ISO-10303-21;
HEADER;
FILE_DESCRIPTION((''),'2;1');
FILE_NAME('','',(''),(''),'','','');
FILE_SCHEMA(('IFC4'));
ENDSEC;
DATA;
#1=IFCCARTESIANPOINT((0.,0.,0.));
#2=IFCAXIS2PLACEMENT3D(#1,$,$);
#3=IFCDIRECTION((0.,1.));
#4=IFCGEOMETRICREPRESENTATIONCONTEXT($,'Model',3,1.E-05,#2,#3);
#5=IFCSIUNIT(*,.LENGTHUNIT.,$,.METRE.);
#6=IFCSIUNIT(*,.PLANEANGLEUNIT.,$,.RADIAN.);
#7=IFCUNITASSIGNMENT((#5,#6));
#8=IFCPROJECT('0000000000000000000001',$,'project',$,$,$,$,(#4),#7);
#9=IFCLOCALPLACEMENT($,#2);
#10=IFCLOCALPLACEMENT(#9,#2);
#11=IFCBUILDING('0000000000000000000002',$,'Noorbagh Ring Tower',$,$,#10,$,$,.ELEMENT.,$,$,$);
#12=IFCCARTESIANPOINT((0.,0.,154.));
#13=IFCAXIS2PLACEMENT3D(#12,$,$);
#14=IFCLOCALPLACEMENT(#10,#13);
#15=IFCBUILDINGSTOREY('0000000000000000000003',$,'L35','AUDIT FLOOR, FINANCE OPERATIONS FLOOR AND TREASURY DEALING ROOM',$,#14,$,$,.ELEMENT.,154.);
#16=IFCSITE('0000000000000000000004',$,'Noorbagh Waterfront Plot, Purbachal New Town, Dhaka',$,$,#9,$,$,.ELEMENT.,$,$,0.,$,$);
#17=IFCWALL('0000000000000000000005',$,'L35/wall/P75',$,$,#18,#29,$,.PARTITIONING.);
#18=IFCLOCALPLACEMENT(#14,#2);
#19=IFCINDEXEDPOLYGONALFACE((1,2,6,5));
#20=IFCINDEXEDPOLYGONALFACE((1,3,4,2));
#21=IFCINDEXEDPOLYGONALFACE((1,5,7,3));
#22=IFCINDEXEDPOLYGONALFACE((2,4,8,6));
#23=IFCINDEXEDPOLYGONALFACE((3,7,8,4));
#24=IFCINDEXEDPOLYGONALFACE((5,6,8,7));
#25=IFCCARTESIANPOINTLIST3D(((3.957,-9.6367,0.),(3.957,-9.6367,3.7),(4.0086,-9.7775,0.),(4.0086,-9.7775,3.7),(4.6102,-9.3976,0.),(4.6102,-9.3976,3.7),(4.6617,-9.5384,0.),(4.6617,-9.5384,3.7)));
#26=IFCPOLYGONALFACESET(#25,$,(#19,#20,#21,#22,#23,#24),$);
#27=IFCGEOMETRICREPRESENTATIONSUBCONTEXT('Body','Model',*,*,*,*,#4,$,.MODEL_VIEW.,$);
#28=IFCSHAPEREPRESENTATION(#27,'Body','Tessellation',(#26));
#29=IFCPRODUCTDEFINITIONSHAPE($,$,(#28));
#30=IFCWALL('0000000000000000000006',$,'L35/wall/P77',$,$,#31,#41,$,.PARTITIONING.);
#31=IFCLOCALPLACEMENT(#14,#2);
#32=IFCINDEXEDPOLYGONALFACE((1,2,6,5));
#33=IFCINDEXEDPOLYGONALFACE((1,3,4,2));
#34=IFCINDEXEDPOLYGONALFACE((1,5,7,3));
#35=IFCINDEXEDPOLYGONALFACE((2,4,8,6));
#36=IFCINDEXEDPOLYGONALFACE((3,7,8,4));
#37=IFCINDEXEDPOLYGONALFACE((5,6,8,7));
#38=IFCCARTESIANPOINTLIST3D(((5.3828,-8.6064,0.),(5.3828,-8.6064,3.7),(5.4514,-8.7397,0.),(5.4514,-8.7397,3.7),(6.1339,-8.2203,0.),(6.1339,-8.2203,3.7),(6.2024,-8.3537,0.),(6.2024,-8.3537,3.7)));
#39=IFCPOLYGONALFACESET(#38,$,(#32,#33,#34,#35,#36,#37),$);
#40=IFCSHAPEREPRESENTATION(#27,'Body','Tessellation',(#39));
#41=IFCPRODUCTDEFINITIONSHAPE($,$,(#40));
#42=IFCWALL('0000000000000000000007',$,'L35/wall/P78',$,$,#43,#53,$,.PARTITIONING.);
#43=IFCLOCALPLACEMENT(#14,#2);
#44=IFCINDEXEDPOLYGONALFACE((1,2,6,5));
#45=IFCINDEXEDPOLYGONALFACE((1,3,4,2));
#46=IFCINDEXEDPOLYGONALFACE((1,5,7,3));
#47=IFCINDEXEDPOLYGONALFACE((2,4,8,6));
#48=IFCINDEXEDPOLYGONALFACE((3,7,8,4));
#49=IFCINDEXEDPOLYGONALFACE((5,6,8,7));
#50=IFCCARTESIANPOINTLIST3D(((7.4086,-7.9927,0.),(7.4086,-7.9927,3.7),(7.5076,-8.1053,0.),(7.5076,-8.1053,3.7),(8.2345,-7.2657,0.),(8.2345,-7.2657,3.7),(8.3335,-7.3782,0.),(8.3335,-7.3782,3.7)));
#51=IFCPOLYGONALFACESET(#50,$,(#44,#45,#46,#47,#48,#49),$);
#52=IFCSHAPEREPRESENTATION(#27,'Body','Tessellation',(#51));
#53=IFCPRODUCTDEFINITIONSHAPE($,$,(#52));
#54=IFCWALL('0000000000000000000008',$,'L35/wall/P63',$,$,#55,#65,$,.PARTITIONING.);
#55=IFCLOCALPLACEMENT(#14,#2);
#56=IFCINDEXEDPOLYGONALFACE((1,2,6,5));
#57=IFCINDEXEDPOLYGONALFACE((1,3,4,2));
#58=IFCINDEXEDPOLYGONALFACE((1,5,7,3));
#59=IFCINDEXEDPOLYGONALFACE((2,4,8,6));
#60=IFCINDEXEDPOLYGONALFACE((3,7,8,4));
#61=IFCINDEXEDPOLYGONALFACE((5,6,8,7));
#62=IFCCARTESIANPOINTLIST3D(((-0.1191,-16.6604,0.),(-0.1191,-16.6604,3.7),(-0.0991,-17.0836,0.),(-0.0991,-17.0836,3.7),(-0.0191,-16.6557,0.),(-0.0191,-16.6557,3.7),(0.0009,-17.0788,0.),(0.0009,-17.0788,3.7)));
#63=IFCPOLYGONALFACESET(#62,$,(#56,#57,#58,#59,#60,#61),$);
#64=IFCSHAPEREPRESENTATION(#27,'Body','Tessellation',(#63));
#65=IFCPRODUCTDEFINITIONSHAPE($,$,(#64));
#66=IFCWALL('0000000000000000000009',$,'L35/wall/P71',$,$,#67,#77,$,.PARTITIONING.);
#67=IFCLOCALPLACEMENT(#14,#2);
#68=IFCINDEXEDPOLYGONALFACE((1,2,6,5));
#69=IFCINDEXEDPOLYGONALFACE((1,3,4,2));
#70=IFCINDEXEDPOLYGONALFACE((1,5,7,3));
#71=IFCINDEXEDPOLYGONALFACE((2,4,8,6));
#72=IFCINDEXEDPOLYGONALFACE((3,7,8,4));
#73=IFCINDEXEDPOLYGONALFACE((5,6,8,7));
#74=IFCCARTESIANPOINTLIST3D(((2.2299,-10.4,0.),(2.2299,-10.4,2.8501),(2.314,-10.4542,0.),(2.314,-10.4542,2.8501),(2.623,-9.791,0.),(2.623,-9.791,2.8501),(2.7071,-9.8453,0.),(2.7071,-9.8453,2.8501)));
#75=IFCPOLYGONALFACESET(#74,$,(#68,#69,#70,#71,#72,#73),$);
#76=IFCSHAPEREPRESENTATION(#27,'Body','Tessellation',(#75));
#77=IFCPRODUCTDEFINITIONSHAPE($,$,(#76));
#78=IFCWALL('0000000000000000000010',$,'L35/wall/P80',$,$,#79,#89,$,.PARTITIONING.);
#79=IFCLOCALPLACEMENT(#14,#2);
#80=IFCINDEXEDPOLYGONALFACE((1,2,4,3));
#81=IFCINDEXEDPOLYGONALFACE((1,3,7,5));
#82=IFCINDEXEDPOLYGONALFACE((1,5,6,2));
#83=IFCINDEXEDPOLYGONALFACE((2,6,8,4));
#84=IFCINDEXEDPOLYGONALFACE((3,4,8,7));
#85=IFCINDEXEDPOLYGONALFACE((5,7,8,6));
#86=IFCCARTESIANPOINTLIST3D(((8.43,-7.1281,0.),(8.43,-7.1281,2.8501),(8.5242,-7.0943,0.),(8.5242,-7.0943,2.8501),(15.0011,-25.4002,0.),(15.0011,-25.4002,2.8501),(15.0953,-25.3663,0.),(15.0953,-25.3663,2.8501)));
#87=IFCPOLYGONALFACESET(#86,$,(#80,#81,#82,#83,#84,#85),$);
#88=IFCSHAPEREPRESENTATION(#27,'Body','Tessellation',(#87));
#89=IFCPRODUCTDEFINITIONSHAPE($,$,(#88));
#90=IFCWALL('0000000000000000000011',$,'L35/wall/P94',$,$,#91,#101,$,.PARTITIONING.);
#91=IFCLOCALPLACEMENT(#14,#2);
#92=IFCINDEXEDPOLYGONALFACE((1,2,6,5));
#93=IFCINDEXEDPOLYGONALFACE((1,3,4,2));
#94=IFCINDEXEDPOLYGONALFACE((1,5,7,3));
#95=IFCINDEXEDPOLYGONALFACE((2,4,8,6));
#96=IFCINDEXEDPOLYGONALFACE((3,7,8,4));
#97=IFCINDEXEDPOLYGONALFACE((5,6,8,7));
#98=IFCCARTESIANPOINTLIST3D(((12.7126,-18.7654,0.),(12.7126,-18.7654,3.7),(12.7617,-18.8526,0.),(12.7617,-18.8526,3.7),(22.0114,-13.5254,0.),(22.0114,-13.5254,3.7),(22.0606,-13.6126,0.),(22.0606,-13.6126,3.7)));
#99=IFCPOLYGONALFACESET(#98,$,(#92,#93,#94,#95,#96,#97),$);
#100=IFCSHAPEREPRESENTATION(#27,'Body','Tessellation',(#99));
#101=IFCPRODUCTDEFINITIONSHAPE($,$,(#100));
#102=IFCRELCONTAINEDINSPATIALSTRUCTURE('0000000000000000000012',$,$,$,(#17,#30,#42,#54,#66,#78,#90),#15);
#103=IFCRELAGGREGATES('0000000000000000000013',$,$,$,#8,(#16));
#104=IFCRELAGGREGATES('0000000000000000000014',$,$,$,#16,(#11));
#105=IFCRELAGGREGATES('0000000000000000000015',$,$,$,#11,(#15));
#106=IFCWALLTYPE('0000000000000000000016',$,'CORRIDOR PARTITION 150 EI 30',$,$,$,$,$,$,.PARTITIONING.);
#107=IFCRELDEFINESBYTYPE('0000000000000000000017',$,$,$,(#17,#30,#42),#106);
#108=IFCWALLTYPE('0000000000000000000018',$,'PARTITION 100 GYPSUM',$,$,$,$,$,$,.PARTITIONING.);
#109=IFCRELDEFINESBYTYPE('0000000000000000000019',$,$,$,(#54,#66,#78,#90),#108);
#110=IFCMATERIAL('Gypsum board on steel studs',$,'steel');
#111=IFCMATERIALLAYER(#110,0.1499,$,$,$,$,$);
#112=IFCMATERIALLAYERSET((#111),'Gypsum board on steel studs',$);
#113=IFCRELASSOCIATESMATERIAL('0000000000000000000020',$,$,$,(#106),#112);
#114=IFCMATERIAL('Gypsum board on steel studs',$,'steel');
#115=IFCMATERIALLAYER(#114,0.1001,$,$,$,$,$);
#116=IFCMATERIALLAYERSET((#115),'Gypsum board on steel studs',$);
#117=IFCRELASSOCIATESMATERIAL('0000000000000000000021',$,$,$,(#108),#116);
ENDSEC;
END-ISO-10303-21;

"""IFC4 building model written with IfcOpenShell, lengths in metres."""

from ifc_helpers import new_model, si_unit, direction, frame, frame_2d, origin, place, context, subcontext, project, spatial, rectangle, extrude, material, layer, layer_set, type_object, element, save


model = new_model("IFC4")

# Units and contexts
model_context = context("Model", 3, precision=1e-05, world=origin(), true_north=direction((0.0, 1.0)))
body_context = subcontext(model_context, "Body", "Model", "MODEL_VIEW")
ifc_project = project(units=[si_unit("LENGTHUNIT", "METRE"), si_unit("PLANEANGLEUNIT", "RADIAN")], contexts=[model_context])

# Site, building, storey
site_placement = place(None, origin())
site = spatial("IfcSite", under=ifc_project, at=site_placement, Name="Noorbagh Waterfront Plot, Purbachal New Town, Dhaka", CompositionType="ELEMENT", RefElevation=0.0)
building_placement = place(site_placement, origin())
building = spatial("IfcBuilding", under=site, at=building_placement, Name="Noorbagh Ring Tower", CompositionType="ELEMENT")
storey_placement = place(building_placement, frame((0.0, 0.0, 154.0)))
storey = spatial("IfcBuildingStorey", under=building, at=storey_placement, Name="L35", Description="AUDIT FLOOR, FINANCE OPERATIONS FLOOR AND TREASURY DEALING ROOM", CompositionType="ELEMENT", Elevation=154.0)

# Walls
ifc_material_1 = material(Name="Gypsum board on steel studs", Category="steel")
ifc_layer_1 = layer(ifc_material_1, 0.1499)
ifc_layer_set_1 = layer_set([ifc_layer_1], Name="Gypsum board on steel studs")
wall_type_1 = type_object("IfcWallType", Name="CORRIDOR PARTITION 150 EI 30", PredefinedType="PARTITIONING", material=ifc_layer_set_1)
wall_1_placement = place(storey_placement, frame((3.9829, -9.707, 0.0), z_axis=(0.0, 0.0, 1.0), x_axis=(0.939084, 0.343687, 0.0)))
element("IfcWall", 1, at=wall_1_placement, inside=storey, type_object=wall_type_1, Name="L35/wall/P75", PredefinedType="PARTITIONING", context=body_context, shape_type="SweptSolid", body=[
    extrude(rectangle(XDim=0.6956, YDim=0.1499, at=frame_2d((0.3477, 0.0))), origin(), (0.0, 0.0, 1.0), 3.7),
])
wall_2_placement = place(storey_placement, frame((5.417, -8.6731, 0.0), z_axis=(0.0, 0.0, 1.0), x_axis=(0.889399, 0.457132, 0.0)))
element("IfcWall", 2, at=wall_2_placement, inside=storey, type_object=wall_type_1, Name="L35/wall/P77", PredefinedType="PARTITIONING", context=body_context, shape_type="SweptSolid", body=[
    extrude(rectangle(XDim=0.8445, YDim=0.1499, at=frame_2d((0.4224, 0.0))), origin(), (0.0, 0.0, 1.0), 3.7),
])
wall_3_placement = place(storey_placement, frame((7.458, -8.0491, 0.0), z_axis=(0.0, 0.0, 1.0), x_axis=(0.750608, 0.660748, 0.0)))
element("IfcWall", 3, at=wall_3_placement, inside=storey, type_object=wall_type_1, Name="L35/wall/P78", PredefinedType="PARTITIONING", context=body_context, shape_type="SweptSolid", body=[
    extrude(rectangle(XDim=1.1003, YDim=0.1499, at=frame_2d((0.5503, 0.0))), origin(), (0.0, 0.0, 1.0), 3.7),
])
ifc_material_2 = material(Name="Gypsum board on steel studs", Category="steel")
ifc_layer_2 = layer(ifc_material_2, 0.1001)
ifc_layer_set_2 = layer_set([ifc_layer_2], Name="Gypsum board on steel studs")
wall_type_2 = type_object("IfcWallType", Name="PARTITION 100 GYPSUM", PredefinedType="PARTITIONING", material=ifc_layer_set_2)
wall_4_placement = place(storey_placement, frame((-0.0691, -16.658, 0.0), z_axis=(0.0, 0.0, 1.0), x_axis=(0.047264, -0.998882, 0.0)))
element("IfcWall", 4, at=wall_4_placement, inside=storey, type_object=wall_type_2, Name="L35/wall/P63", PredefinedType="PARTITIONING", context=body_context, shape_type="SweptSolid", body=[
    extrude(rectangle(XDim=0.4236, YDim=0.1001, at=frame_2d((0.2119, 0.0))), origin(), (0.0, 0.0, 1.0), 3.7),
])
wall_5_placement = place(storey_placement, frame((2.272, -10.427, 0.0), z_axis=(0.0, 0.0, 1.0), x_axis=(0.542357, 0.840148, 0.0)))
element("IfcWall", 5, at=wall_5_placement, inside=storey, type_object=wall_type_2, Name="L35/wall/P71", PredefinedType="PARTITIONING", context=body_context, shape_type="SweptSolid", body=[
    extrude(rectangle(XDim=0.7249, YDim=0.1001, at=frame_2d((0.3623, 0.0))), origin(), (0.0, 0.0, 1.0), 2.8501),
])
wall_6_placement = place(storey_placement, frame((8.4771, -7.1111, 0.0), z_axis=(0.0, 0.0, 1.0), x_axis=(0.338406, -0.941, 0.0)))
element("IfcWall", 6, at=wall_6_placement, inside=storey, type_object=wall_type_2, Name="L35/wall/P80", PredefinedType="PARTITIONING", context=body_context, shape_type="SweptSolid", body=[
    extrude(rectangle(XDim=19.4177, YDim=0.1001, at=frame_2d((9.709, 0.0))), origin(), (0.0, 0.0, 1.0), 2.8501),
])
wall_7_placement = place(storey_placement, frame((12.7371, -18.8091, 0.0), z_axis=(0.0, 0.0, 1.0), x_axis=(0.871199, 0.49093, 0.0)))
element("IfcWall", 7, at=wall_7_placement, inside=storey, type_object=wall_type_2, Name="L35/wall/P94", PredefinedType="PARTITIONING", context=body_context, shape_type="SweptSolid", body=[
    extrude(rectangle(XDim=10.6736, YDim=0.1001, at=frame_2d((5.3369, 0.0))), origin(), (0.0, 0.0, 1.0), 3.7),
])

save(model, "model.ifc")
